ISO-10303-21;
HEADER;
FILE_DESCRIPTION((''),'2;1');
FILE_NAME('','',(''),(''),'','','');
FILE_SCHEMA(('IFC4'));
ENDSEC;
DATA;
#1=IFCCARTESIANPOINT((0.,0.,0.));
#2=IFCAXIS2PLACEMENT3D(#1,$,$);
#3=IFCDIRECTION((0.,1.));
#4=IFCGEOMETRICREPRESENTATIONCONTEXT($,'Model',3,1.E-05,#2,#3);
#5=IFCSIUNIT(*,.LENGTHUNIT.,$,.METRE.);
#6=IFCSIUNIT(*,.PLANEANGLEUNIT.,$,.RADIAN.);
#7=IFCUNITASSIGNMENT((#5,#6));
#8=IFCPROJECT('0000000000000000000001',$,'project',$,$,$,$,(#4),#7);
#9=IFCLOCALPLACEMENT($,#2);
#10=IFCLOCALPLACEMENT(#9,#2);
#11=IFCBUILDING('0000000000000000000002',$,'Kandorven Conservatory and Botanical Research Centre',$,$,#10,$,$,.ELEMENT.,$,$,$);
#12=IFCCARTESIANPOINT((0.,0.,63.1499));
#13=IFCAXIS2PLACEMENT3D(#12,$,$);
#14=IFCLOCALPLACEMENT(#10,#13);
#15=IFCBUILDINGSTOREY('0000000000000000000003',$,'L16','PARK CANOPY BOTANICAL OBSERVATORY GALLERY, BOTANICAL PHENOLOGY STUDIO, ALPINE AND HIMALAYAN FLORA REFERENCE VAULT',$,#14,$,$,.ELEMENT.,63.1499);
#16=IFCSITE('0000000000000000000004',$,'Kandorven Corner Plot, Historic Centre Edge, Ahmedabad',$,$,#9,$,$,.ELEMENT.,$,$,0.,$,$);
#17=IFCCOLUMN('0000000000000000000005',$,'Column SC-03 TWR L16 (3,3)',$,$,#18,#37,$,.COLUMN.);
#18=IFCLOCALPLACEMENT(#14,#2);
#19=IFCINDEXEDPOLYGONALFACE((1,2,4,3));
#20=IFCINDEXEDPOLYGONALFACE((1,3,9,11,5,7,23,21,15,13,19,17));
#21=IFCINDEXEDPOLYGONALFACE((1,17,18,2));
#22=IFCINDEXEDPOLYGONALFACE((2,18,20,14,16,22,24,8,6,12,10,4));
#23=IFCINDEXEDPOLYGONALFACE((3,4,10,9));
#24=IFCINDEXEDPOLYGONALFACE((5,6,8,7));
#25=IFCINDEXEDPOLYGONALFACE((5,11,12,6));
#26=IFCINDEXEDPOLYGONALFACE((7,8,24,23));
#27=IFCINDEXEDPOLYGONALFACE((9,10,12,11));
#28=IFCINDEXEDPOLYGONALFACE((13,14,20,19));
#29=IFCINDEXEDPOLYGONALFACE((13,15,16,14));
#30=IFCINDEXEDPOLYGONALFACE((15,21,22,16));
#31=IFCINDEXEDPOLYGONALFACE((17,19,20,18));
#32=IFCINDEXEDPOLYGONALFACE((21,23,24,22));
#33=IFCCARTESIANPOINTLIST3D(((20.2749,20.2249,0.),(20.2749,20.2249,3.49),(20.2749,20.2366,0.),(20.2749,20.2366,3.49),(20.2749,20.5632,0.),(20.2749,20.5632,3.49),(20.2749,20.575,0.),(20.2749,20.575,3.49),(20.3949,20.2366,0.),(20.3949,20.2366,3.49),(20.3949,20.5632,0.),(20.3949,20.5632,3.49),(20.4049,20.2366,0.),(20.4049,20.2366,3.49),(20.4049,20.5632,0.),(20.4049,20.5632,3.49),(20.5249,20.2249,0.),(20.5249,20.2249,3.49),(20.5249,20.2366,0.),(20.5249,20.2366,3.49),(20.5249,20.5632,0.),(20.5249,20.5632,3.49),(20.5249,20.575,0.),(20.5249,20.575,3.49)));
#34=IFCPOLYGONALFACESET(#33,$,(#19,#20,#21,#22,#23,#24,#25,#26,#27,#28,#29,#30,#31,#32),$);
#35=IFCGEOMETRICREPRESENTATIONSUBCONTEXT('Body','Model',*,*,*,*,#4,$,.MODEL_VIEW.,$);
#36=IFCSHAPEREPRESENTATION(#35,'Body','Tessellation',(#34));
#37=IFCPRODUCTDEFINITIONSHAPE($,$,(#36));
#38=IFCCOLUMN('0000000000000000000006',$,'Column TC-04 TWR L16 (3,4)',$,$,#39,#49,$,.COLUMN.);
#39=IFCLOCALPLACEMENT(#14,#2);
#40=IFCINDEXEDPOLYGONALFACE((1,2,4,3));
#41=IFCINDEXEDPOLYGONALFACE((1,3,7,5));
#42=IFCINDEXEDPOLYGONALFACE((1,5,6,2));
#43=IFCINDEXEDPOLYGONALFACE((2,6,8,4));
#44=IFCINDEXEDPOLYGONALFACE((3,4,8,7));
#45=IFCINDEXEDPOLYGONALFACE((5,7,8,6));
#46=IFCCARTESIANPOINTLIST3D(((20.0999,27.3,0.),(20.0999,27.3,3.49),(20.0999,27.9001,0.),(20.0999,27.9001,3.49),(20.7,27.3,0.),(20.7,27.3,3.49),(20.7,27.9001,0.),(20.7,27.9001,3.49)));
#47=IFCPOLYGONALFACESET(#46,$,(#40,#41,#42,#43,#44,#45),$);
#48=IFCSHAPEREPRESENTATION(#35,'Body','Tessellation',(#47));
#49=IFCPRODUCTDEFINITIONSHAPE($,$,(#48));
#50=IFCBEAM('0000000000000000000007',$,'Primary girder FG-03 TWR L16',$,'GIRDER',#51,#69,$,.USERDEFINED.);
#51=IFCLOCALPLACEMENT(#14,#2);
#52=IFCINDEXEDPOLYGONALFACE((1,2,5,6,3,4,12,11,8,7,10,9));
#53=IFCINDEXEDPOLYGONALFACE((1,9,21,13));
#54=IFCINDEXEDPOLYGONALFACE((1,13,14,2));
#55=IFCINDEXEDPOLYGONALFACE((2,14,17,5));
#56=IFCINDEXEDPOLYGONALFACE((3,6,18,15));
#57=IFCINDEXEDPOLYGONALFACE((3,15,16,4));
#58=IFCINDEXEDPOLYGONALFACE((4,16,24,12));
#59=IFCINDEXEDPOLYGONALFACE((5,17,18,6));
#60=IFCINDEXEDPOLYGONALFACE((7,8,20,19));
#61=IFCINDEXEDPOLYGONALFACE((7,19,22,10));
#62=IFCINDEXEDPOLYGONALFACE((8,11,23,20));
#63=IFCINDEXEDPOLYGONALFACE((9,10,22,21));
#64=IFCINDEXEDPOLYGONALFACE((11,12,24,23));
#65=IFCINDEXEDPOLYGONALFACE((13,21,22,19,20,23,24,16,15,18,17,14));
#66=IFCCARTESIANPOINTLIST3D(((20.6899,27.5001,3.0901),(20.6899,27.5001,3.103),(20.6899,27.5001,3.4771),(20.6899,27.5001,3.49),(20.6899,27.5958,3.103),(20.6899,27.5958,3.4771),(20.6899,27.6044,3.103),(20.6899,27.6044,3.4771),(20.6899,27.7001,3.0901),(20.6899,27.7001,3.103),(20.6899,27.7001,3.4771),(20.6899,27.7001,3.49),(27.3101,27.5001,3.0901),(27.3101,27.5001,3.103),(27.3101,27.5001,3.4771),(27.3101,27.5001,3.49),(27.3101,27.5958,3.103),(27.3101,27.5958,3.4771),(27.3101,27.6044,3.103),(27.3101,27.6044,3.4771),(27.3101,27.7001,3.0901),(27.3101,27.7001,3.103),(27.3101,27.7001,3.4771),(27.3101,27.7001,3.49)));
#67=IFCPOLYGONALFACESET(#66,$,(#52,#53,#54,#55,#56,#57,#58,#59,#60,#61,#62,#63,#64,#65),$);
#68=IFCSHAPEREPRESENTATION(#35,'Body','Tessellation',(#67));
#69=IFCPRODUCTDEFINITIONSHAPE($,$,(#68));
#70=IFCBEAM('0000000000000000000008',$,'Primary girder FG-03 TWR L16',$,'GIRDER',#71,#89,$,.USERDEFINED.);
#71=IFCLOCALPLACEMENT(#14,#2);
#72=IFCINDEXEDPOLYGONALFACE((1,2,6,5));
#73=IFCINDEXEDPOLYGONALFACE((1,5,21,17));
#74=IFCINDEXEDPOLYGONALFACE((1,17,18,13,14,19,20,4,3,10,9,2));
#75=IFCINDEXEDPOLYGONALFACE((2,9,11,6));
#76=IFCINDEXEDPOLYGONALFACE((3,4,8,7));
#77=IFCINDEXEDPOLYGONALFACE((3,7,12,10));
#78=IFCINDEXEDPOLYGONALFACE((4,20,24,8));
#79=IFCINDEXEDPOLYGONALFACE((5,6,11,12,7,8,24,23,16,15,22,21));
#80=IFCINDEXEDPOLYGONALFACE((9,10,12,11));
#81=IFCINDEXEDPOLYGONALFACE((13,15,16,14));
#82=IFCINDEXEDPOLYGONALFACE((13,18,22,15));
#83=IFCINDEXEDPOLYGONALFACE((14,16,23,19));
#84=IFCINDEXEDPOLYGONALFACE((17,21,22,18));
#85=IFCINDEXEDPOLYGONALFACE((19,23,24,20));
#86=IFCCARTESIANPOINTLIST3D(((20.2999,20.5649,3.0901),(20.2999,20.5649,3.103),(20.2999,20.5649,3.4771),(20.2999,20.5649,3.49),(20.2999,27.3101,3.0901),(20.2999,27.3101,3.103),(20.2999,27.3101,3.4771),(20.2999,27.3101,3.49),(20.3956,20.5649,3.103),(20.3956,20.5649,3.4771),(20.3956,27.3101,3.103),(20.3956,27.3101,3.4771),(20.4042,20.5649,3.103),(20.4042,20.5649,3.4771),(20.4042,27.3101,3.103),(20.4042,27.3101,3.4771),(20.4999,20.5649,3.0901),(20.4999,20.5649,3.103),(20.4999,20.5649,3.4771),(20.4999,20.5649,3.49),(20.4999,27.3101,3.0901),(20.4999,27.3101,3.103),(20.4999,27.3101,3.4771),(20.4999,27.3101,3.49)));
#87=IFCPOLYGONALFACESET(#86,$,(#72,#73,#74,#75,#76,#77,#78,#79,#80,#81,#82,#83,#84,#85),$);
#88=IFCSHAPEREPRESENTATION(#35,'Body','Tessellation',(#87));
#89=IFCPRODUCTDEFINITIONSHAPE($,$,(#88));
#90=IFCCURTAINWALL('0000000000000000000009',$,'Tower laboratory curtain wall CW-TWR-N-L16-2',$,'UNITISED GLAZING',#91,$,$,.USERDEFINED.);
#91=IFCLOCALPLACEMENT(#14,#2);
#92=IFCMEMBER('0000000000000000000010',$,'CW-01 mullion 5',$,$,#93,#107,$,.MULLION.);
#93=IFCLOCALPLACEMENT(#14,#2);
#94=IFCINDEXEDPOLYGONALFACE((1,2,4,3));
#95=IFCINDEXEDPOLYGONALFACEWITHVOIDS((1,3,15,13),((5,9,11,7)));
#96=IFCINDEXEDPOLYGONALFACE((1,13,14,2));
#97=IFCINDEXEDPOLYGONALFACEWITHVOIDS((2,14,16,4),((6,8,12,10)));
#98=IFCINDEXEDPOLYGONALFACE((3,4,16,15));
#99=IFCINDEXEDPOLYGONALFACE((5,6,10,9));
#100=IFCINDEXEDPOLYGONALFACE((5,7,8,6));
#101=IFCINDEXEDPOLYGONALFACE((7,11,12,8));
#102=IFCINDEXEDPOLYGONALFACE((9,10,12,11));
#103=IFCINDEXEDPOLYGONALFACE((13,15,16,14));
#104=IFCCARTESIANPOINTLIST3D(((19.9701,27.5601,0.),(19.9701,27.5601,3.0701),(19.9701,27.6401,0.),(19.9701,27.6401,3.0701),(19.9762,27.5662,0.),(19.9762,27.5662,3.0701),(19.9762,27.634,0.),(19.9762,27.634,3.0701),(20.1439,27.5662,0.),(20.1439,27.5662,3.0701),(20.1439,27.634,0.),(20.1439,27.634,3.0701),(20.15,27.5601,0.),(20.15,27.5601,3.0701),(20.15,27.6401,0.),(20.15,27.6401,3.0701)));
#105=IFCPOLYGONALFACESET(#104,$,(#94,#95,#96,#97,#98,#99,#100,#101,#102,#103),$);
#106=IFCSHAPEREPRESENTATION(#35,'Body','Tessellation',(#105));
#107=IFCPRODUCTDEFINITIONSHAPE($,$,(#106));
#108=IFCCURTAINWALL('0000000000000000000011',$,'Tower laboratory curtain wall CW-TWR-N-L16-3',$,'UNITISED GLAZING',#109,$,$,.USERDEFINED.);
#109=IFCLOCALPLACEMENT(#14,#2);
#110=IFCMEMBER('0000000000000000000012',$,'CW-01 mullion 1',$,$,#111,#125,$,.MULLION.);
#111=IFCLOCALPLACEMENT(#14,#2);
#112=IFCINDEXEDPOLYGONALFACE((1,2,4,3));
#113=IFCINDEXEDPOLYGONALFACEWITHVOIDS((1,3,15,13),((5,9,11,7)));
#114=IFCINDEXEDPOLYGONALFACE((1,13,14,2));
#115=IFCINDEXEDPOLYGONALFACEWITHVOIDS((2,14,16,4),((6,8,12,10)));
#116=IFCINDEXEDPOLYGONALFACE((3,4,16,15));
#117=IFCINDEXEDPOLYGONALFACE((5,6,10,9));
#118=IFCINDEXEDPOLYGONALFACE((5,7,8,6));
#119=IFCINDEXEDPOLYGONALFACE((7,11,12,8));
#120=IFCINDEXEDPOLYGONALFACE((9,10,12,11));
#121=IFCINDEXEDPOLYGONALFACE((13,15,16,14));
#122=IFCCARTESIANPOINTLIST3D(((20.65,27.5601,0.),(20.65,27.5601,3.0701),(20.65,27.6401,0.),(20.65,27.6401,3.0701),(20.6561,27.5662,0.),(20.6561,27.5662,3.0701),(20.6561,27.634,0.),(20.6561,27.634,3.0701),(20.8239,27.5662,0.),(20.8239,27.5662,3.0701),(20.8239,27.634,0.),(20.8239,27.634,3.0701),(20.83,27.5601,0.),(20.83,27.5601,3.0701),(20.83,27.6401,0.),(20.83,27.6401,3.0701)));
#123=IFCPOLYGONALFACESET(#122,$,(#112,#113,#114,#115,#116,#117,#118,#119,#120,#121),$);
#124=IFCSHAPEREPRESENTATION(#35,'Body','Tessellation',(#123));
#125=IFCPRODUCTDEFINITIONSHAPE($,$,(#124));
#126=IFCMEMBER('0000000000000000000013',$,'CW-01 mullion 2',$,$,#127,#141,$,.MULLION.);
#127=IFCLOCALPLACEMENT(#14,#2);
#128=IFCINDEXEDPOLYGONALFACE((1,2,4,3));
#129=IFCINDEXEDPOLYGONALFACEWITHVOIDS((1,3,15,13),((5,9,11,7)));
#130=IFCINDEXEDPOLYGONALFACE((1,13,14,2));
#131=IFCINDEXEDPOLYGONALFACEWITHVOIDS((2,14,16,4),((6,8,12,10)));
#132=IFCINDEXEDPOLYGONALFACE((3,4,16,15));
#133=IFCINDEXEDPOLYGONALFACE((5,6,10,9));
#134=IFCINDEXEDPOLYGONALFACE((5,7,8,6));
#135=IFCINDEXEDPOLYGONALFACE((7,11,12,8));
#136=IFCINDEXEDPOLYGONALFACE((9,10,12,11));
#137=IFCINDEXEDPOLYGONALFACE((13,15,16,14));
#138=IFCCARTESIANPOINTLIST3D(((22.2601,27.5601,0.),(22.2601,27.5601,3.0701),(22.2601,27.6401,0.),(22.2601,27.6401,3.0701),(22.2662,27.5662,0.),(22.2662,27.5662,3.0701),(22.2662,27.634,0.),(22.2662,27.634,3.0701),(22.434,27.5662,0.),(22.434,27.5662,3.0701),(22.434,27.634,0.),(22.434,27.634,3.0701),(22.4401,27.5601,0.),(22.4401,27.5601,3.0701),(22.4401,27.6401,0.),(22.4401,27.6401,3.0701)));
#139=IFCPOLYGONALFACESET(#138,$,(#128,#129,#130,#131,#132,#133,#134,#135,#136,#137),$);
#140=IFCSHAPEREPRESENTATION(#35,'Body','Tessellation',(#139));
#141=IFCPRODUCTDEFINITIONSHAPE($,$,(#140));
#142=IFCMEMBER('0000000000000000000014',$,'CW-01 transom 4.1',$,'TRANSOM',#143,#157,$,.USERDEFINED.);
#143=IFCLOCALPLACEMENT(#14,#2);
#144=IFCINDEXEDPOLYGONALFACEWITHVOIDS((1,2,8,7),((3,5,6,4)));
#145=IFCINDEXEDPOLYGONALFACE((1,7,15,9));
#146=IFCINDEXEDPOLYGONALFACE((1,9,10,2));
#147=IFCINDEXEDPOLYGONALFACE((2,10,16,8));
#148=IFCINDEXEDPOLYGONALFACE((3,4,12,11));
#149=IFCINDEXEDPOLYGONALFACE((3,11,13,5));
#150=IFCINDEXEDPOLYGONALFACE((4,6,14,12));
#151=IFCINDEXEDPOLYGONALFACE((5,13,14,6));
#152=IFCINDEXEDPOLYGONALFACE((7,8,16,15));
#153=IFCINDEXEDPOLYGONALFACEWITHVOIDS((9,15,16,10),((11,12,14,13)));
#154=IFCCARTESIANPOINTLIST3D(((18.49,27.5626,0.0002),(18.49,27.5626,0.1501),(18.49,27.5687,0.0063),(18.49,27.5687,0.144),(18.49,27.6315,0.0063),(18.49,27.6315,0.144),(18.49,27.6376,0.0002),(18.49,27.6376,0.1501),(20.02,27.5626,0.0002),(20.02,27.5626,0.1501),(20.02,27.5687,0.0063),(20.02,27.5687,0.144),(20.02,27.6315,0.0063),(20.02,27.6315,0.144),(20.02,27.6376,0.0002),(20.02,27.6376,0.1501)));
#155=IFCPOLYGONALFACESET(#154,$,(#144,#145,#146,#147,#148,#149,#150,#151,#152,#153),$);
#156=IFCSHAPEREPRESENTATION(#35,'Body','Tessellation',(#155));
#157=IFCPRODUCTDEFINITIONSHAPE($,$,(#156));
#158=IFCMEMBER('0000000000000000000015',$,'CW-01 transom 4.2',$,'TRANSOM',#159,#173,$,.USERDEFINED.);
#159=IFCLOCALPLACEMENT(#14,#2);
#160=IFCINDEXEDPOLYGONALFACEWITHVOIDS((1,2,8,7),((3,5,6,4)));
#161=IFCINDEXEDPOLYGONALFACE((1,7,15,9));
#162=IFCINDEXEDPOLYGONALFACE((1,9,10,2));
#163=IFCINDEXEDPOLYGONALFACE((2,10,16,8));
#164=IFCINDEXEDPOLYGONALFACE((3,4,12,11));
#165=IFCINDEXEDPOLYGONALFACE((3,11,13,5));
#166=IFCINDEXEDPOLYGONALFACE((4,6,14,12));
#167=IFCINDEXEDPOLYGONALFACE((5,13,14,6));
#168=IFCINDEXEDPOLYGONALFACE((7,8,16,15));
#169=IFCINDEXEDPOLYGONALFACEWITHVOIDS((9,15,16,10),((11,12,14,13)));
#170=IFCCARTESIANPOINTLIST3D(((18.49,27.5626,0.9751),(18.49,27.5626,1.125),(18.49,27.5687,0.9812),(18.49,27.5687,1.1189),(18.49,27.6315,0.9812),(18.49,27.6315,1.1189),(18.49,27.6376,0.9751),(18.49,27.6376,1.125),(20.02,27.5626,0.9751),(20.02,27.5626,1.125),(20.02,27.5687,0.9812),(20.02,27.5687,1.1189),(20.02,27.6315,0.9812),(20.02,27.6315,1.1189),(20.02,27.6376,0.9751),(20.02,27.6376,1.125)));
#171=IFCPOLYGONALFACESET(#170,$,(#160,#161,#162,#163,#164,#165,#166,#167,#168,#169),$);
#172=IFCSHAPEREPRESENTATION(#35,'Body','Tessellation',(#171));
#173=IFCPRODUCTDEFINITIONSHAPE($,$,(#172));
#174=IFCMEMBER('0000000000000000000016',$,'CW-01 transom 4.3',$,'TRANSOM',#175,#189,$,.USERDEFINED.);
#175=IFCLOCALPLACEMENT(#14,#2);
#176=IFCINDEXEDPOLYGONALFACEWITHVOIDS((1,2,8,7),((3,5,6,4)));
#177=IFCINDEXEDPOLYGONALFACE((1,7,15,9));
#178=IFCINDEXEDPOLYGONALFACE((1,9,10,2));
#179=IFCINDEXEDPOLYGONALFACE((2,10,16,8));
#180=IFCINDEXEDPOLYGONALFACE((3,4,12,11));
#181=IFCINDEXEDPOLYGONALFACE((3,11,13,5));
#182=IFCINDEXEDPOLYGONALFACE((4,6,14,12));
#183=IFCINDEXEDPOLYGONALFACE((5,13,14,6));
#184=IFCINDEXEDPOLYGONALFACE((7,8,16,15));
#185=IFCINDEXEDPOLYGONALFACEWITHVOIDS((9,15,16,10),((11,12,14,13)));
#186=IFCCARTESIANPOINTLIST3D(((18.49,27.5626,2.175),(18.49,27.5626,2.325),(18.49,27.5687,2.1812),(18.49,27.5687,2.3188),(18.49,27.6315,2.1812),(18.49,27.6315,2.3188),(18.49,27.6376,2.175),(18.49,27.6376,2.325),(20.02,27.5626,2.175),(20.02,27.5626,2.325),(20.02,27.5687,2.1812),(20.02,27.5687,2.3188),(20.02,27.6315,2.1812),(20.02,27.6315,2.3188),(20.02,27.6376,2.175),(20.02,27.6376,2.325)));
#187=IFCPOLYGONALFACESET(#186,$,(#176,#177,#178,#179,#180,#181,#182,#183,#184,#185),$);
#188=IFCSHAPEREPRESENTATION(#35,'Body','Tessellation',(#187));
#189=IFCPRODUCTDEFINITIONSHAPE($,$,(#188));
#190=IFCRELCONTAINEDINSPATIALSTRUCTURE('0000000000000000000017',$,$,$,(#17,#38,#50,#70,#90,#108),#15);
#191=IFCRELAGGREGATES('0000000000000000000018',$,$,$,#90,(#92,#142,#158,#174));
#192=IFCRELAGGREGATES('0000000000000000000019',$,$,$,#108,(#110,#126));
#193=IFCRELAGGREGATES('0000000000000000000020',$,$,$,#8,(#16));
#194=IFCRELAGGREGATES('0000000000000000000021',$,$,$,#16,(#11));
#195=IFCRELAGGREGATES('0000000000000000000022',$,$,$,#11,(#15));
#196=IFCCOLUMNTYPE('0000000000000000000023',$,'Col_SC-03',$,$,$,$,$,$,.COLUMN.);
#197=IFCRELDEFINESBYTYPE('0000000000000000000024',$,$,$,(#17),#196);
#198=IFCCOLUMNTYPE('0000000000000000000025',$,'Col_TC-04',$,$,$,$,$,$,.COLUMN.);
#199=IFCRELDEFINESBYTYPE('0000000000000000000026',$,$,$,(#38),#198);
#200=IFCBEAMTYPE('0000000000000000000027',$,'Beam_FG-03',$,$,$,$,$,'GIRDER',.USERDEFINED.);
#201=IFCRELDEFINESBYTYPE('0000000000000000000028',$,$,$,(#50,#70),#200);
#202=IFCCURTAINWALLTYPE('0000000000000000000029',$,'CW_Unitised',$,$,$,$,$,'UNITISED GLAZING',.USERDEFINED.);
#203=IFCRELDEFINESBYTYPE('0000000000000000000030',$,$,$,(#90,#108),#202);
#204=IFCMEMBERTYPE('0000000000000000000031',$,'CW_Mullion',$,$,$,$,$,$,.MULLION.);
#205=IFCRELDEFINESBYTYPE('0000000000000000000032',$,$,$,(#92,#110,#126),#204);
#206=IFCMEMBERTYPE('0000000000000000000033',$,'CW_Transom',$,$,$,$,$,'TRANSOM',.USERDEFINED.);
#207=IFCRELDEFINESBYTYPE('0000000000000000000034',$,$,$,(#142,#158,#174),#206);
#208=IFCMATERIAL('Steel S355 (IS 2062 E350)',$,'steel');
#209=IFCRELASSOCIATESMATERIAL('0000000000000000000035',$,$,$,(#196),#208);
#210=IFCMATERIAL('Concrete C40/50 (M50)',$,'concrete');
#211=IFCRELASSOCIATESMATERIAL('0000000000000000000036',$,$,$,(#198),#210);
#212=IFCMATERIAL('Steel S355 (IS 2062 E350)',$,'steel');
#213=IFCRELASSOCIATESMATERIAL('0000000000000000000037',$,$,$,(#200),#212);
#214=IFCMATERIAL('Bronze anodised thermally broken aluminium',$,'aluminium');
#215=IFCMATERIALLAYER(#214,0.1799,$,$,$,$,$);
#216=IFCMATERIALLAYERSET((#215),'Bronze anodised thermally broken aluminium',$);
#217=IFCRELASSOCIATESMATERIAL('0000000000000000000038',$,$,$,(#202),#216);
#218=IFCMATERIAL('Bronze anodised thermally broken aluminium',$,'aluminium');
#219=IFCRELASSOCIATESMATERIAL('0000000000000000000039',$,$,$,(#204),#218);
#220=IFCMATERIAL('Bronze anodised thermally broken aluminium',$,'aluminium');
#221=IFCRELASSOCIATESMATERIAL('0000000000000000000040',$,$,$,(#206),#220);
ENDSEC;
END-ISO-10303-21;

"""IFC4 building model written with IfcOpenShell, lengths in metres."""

from ifc_helpers import new_model, si_unit, direction, frame, origin, origin_2d, place, context, subcontext, project, spatial, rectangle, hollow_rectangle, i_section, extrude, material, layer, layer_set, material_profile, profile_set, type_object, element, aggregate, save


model = new_model("IFC4")

# Units and contexts
model_context = context("Model", 3, precision=1e-05, world=origin(), true_north=direction((0.0, 1.0)))
body_context = subcontext(model_context, "Body", "Model", "MODEL_VIEW")
ifc_project = project(units=[si_unit("LENGTHUNIT", "METRE"), si_unit("PLANEANGLEUNIT", "RADIAN")], contexts=[model_context])

# Site, building, storey
site_placement = place(None, origin())
site = spatial("IfcSite", under=ifc_project, at=site_placement, Name="Kandorven Corner Plot, Historic Centre Edge, Ahmedabad", CompositionType="ELEMENT", RefElevation=0.0)
building_placement = place(site_placement, origin())
building = spatial("IfcBuilding", under=site, at=building_placement, Name="Kandorven Conservatory and Botanical Research Centre", CompositionType="ELEMENT")
storey_placement = place(building_placement, frame((0.0, 0.0, 63.1499)))
storey = spatial("IfcBuildingStorey", under=building, at=storey_placement, Name="L16", Description="PARK CANOPY BOTANICAL OBSERVATORY GALLERY, BOTANICAL PHENOLOGY STUDIO, ALPINE AND HIMALAYAN FLORA REFERENCE VAULT", CompositionType="ELEMENT", Elevation=63.1499)

# Columns
ifc_material_1 = material(Name="Steel S355 (IS 2062 E350)", Category="steel")
ifc_material_profile_1 = material_profile(ifc_material_1, i_section(OverallWidth=0.25, OverallDepth=0.3501, WebThickness=0.01, FlangeThickness=0.0117, at=origin_2d()))
ifc_profile_set_1 = profile_set([ifc_material_profile_1], Name="Steel S355 (IS 2062 E350)")
column_type_1 = type_object("IfcColumnType", Name="Col_SC-03", PredefinedType="COLUMN", material=ifc_profile_set_1)
column_1_placement = place(storey_placement, frame((20.3999, 20.3999, 0.0), z_axis=(0.0, 0.0, 1.0), x_axis=(1.0, 0.0, 0.0)))
element("IfcColumn", 1, at=column_1_placement, inside=storey, type_object=column_type_1, Name="Column SC-03 TWR L16 (3,3)", PredefinedType="COLUMN", context=body_context, shape_type="SweptSolid", body=[
    extrude(i_section(OverallWidth=0.25, OverallDepth=0.3501, WebThickness=0.01, FlangeThickness=0.0117, at=origin_2d()), origin(), (0.0, 0.0, 1.0), 3.49),
])
ifc_material_2 = material(Name="Concrete C40/50 (M50)", Category="concrete")
ifc_material_profile_2 = material_profile(ifc_material_2, rectangle(XDim=0.6001, YDim=0.6001, at=origin_2d()))
ifc_profile_set_2 = profile_set([ifc_material_profile_2], Name="Concrete C40/50 (M50)")
column_type_2 = type_object("IfcColumnType", Name="Col_TC-04", PredefinedType="COLUMN", material=ifc_profile_set_2)
column_2_placement = place(storey_placement, frame((20.3999, 27.6001, 0.0), z_axis=(0.0, 0.0, 1.0), x_axis=(1.0, 0.0, 0.0)))
element("IfcColumn", 2, at=column_2_placement, inside=storey, type_object=column_type_2, Name="Column TC-04 TWR L16 (3,4)", PredefinedType="COLUMN", context=body_context, shape_type="SweptSolid", body=[
    extrude(rectangle(XDim=0.6001, YDim=0.6001, at=origin_2d()), origin(), (0.0, 0.0, 1.0), 3.49),
])

# Beams
ifc_material_3 = material(Name="Steel S355 (IS 2062 E350)", Category="steel")
ifc_material_profile_3 = material_profile(ifc_material_3, i_section(OverallWidth=0.2, OverallDepth=0.3999, WebThickness=0.0085, FlangeThickness=0.0129, at=origin_2d()))
ifc_profile_set_3 = profile_set([ifc_material_profile_3], Name="Steel S355 (IS 2062 E350)")
beam_type = type_object("IfcBeamType", Name="Beam_FG-03", ElementType="GIRDER", PredefinedType="USERDEFINED", material=ifc_profile_set_3)
beam_1_placement = place(storey_placement, frame((20.6899, 27.6001, 3.29), z_axis=(1.0, 0.0, 0.0), x_axis=(0.0, 1.0, 0.0)))
element("IfcBeam", 3, at=beam_1_placement, inside=storey, type_object=beam_type, Name="Primary girder FG-03 TWR L16", ObjectType="GIRDER", PredefinedType="USERDEFINED", context=body_context, shape_type="SweptSolid", body=[
    extrude(i_section(OverallWidth=0.2, OverallDepth=0.3999, WebThickness=0.0085, FlangeThickness=0.0129, at=origin_2d()), origin(), (0.0, 0.0, 1.0), 6.6201),
])
beam_2_placement = place(storey_placement, frame((20.3999, 20.5649, 3.29), z_axis=(0.0, 1.0, 0.0), x_axis=(-1.0, 0.0, 0.0)))
element("IfcBeam", 4, at=beam_2_placement, inside=storey, type_object=beam_type, Name="Primary girder FG-03 TWR L16", ObjectType="GIRDER", PredefinedType="USERDEFINED", context=body_context, shape_type="SweptSolid", body=[
    extrude(i_section(OverallWidth=0.2, OverallDepth=0.3999, WebThickness=0.0085, FlangeThickness=0.0129, at=origin_2d()), origin(), (0.0, 0.0, 1.0), 6.7451),
])

# Curtain wall, member
ifc_material_4 = material(Name="Bronze anodised thermally broken aluminium", Category="aluminium")
ifc_layer_1 = layer(ifc_material_4, 0.1799)
ifc_layer_set_1 = layer_set([ifc_layer_1], Name="Bronze anodised thermally broken aluminium")
curtain_wall_type = type_object("IfcCurtainWallType", Name="CW_Unitised", ElementType="UNITISED GLAZING", PredefinedType="USERDEFINED", material=ifc_layer_set_1)
curtain_wall_1_placement = place(storey_placement, origin())
curtain_wall_1 = element("IfcCurtainWall", 5, at=curtain_wall_1_placement, inside=storey, type_object=curtain_wall_type, Name="Tower laboratory curtain wall CW-TWR-N-L16-2", ObjectType="UNITISED GLAZING", PredefinedType="USERDEFINED")
ifc_material_5 = material(Name="Bronze anodised thermally broken aluminium", Category="aluminium")
ifc_material_profile_4 = material_profile(ifc_material_5, hollow_rectangle(XDim=0.0801, YDim=0.1799, WallThickness=0.0061, at=origin_2d()))
ifc_profile_set_4 = profile_set([ifc_material_profile_4], Name="Bronze anodised thermally broken aluminium")
member_type_1 = type_object("IfcMemberType", Name="CW_Mullion", PredefinedType="MULLION", material=ifc_profile_set_4)
member_1_placement = place(storey_placement, frame((20.0601, 27.6001, 0.0), z_axis=(0.0, 0.0, 1.0), x_axis=(0.0, 1.0, 0.0)))
member_1 = element("IfcMember", 6, at=member_1_placement, type_object=member_type_1, Name="CW-01 mullion 5", PredefinedType="MULLION", context=body_context, shape_type="SweptSolid", body=[
    extrude(hollow_rectangle(XDim=0.0801, YDim=0.1799, WallThickness=0.0061, at=origin_2d()), origin(), (0.0, 0.0, 1.0), 3.0701),
])

# Curtain wall, members
curtain_wall_2_placement = place(storey_placement, origin())
curtain_wall_2 = element("IfcCurtainWall", 7, at=curtain_wall_2_placement, inside=storey, type_object=curtain_wall_type, Name="Tower laboratory curtain wall CW-TWR-N-L16-3", ObjectType="UNITISED GLAZING", PredefinedType="USERDEFINED")
member_2_placement = place(storey_placement, frame((20.74, 27.6001, 0.0), z_axis=(0.0, 0.0, 1.0), x_axis=(0.0, 1.0, 0.0)))
member_2 = element("IfcMember", 8, at=member_2_placement, type_object=member_type_1, Name="CW-01 mullion 1", PredefinedType="MULLION", context=body_context, shape_type="SweptSolid", body=[
    extrude(hollow_rectangle(XDim=0.0801, YDim=0.1799, WallThickness=0.0061, at=origin_2d()), origin(), (0.0, 0.0, 1.0), 3.0701),
])
member_3_placement = place(storey_placement, frame((22.3501, 27.6001, 0.0), z_axis=(0.0, 0.0, 1.0), x_axis=(0.0, 1.0, 0.0)))
member_3 = element("IfcMember", 9, at=member_3_placement, type_object=member_type_1, Name="CW-01 mullion 2", PredefinedType="MULLION", context=body_context, shape_type="SweptSolid", body=[
    extrude(hollow_rectangle(XDim=0.0801, YDim=0.1799, WallThickness=0.0061, at=origin_2d()), origin(), (0.0, 0.0, 1.0), 3.0701),
])

# Members
ifc_material_6 = material(Name="Bronze anodised thermally broken aluminium", Category="aluminium")
ifc_material_profile_5 = material_profile(ifc_material_6, hollow_rectangle(XDim=0.075, YDim=0.1499, WallThickness=0.0061, at=origin_2d()))
ifc_profile_set_5 = profile_set([ifc_material_profile_5], Name="Bronze anodised thermally broken aluminium")
member_type_2 = type_object("IfcMemberType", Name="CW_Transom", ElementType="TRANSOM", PredefinedType="USERDEFINED", material=ifc_profile_set_5)
member_4_placement = place(storey_placement, frame((18.49, 27.6001, 0.0752), z_axis=(1.0, 0.0, 0.0), x_axis=(0.0, 1.0, 0.0)))
member_4 = element("IfcMember", 10, at=member_4_placement, type_object=member_type_2, Name="CW-01 transom 4.1", ObjectType="TRANSOM", PredefinedType="USERDEFINED", context=body_context, shape_type="SweptSolid", body=[
    extrude(hollow_rectangle(XDim=0.075, YDim=0.1499, WallThickness=0.0061, at=origin_2d()), origin(), (0.0, 0.0, 1.0), 1.53),
])
member_5_placement = place(storey_placement, frame((18.49, 27.6001, 1.05), z_axis=(1.0, 0.0, 0.0), x_axis=(0.0, 1.0, 0.0)))
member_5 = element("IfcMember", 11, at=member_5_placement, type_object=member_type_2, Name="CW-01 transom 4.2", ObjectType="TRANSOM", PredefinedType="USERDEFINED", context=body_context, shape_type="SweptSolid", body=[
    extrude(hollow_rectangle(XDim=0.075, YDim=0.1499, WallThickness=0.0061, at=origin_2d()), origin(), (0.0, 0.0, 1.0), 1.53),
])
member_6_placement = place(storey_placement, frame((18.49, 27.6001, 2.25), z_axis=(1.0, 0.0, 0.0), x_axis=(0.0, 1.0, 0.0)))
member_6 = element("IfcMember", 12, at=member_6_placement, type_object=member_type_2, Name="CW-01 transom 4.3", ObjectType="TRANSOM", PredefinedType="USERDEFINED", context=body_context, shape_type="SweptSolid", body=[
    extrude(hollow_rectangle(XDim=0.075, YDim=0.1499, WallThickness=0.0061, at=origin_2d()), origin(), (0.0, 0.0, 1.0), 1.53),
])

aggregate(curtain_wall_1, [member_1, member_4, member_5, member_6])
aggregate(curtain_wall_2, [member_2, member_3])

save(model, "model.ifc")
